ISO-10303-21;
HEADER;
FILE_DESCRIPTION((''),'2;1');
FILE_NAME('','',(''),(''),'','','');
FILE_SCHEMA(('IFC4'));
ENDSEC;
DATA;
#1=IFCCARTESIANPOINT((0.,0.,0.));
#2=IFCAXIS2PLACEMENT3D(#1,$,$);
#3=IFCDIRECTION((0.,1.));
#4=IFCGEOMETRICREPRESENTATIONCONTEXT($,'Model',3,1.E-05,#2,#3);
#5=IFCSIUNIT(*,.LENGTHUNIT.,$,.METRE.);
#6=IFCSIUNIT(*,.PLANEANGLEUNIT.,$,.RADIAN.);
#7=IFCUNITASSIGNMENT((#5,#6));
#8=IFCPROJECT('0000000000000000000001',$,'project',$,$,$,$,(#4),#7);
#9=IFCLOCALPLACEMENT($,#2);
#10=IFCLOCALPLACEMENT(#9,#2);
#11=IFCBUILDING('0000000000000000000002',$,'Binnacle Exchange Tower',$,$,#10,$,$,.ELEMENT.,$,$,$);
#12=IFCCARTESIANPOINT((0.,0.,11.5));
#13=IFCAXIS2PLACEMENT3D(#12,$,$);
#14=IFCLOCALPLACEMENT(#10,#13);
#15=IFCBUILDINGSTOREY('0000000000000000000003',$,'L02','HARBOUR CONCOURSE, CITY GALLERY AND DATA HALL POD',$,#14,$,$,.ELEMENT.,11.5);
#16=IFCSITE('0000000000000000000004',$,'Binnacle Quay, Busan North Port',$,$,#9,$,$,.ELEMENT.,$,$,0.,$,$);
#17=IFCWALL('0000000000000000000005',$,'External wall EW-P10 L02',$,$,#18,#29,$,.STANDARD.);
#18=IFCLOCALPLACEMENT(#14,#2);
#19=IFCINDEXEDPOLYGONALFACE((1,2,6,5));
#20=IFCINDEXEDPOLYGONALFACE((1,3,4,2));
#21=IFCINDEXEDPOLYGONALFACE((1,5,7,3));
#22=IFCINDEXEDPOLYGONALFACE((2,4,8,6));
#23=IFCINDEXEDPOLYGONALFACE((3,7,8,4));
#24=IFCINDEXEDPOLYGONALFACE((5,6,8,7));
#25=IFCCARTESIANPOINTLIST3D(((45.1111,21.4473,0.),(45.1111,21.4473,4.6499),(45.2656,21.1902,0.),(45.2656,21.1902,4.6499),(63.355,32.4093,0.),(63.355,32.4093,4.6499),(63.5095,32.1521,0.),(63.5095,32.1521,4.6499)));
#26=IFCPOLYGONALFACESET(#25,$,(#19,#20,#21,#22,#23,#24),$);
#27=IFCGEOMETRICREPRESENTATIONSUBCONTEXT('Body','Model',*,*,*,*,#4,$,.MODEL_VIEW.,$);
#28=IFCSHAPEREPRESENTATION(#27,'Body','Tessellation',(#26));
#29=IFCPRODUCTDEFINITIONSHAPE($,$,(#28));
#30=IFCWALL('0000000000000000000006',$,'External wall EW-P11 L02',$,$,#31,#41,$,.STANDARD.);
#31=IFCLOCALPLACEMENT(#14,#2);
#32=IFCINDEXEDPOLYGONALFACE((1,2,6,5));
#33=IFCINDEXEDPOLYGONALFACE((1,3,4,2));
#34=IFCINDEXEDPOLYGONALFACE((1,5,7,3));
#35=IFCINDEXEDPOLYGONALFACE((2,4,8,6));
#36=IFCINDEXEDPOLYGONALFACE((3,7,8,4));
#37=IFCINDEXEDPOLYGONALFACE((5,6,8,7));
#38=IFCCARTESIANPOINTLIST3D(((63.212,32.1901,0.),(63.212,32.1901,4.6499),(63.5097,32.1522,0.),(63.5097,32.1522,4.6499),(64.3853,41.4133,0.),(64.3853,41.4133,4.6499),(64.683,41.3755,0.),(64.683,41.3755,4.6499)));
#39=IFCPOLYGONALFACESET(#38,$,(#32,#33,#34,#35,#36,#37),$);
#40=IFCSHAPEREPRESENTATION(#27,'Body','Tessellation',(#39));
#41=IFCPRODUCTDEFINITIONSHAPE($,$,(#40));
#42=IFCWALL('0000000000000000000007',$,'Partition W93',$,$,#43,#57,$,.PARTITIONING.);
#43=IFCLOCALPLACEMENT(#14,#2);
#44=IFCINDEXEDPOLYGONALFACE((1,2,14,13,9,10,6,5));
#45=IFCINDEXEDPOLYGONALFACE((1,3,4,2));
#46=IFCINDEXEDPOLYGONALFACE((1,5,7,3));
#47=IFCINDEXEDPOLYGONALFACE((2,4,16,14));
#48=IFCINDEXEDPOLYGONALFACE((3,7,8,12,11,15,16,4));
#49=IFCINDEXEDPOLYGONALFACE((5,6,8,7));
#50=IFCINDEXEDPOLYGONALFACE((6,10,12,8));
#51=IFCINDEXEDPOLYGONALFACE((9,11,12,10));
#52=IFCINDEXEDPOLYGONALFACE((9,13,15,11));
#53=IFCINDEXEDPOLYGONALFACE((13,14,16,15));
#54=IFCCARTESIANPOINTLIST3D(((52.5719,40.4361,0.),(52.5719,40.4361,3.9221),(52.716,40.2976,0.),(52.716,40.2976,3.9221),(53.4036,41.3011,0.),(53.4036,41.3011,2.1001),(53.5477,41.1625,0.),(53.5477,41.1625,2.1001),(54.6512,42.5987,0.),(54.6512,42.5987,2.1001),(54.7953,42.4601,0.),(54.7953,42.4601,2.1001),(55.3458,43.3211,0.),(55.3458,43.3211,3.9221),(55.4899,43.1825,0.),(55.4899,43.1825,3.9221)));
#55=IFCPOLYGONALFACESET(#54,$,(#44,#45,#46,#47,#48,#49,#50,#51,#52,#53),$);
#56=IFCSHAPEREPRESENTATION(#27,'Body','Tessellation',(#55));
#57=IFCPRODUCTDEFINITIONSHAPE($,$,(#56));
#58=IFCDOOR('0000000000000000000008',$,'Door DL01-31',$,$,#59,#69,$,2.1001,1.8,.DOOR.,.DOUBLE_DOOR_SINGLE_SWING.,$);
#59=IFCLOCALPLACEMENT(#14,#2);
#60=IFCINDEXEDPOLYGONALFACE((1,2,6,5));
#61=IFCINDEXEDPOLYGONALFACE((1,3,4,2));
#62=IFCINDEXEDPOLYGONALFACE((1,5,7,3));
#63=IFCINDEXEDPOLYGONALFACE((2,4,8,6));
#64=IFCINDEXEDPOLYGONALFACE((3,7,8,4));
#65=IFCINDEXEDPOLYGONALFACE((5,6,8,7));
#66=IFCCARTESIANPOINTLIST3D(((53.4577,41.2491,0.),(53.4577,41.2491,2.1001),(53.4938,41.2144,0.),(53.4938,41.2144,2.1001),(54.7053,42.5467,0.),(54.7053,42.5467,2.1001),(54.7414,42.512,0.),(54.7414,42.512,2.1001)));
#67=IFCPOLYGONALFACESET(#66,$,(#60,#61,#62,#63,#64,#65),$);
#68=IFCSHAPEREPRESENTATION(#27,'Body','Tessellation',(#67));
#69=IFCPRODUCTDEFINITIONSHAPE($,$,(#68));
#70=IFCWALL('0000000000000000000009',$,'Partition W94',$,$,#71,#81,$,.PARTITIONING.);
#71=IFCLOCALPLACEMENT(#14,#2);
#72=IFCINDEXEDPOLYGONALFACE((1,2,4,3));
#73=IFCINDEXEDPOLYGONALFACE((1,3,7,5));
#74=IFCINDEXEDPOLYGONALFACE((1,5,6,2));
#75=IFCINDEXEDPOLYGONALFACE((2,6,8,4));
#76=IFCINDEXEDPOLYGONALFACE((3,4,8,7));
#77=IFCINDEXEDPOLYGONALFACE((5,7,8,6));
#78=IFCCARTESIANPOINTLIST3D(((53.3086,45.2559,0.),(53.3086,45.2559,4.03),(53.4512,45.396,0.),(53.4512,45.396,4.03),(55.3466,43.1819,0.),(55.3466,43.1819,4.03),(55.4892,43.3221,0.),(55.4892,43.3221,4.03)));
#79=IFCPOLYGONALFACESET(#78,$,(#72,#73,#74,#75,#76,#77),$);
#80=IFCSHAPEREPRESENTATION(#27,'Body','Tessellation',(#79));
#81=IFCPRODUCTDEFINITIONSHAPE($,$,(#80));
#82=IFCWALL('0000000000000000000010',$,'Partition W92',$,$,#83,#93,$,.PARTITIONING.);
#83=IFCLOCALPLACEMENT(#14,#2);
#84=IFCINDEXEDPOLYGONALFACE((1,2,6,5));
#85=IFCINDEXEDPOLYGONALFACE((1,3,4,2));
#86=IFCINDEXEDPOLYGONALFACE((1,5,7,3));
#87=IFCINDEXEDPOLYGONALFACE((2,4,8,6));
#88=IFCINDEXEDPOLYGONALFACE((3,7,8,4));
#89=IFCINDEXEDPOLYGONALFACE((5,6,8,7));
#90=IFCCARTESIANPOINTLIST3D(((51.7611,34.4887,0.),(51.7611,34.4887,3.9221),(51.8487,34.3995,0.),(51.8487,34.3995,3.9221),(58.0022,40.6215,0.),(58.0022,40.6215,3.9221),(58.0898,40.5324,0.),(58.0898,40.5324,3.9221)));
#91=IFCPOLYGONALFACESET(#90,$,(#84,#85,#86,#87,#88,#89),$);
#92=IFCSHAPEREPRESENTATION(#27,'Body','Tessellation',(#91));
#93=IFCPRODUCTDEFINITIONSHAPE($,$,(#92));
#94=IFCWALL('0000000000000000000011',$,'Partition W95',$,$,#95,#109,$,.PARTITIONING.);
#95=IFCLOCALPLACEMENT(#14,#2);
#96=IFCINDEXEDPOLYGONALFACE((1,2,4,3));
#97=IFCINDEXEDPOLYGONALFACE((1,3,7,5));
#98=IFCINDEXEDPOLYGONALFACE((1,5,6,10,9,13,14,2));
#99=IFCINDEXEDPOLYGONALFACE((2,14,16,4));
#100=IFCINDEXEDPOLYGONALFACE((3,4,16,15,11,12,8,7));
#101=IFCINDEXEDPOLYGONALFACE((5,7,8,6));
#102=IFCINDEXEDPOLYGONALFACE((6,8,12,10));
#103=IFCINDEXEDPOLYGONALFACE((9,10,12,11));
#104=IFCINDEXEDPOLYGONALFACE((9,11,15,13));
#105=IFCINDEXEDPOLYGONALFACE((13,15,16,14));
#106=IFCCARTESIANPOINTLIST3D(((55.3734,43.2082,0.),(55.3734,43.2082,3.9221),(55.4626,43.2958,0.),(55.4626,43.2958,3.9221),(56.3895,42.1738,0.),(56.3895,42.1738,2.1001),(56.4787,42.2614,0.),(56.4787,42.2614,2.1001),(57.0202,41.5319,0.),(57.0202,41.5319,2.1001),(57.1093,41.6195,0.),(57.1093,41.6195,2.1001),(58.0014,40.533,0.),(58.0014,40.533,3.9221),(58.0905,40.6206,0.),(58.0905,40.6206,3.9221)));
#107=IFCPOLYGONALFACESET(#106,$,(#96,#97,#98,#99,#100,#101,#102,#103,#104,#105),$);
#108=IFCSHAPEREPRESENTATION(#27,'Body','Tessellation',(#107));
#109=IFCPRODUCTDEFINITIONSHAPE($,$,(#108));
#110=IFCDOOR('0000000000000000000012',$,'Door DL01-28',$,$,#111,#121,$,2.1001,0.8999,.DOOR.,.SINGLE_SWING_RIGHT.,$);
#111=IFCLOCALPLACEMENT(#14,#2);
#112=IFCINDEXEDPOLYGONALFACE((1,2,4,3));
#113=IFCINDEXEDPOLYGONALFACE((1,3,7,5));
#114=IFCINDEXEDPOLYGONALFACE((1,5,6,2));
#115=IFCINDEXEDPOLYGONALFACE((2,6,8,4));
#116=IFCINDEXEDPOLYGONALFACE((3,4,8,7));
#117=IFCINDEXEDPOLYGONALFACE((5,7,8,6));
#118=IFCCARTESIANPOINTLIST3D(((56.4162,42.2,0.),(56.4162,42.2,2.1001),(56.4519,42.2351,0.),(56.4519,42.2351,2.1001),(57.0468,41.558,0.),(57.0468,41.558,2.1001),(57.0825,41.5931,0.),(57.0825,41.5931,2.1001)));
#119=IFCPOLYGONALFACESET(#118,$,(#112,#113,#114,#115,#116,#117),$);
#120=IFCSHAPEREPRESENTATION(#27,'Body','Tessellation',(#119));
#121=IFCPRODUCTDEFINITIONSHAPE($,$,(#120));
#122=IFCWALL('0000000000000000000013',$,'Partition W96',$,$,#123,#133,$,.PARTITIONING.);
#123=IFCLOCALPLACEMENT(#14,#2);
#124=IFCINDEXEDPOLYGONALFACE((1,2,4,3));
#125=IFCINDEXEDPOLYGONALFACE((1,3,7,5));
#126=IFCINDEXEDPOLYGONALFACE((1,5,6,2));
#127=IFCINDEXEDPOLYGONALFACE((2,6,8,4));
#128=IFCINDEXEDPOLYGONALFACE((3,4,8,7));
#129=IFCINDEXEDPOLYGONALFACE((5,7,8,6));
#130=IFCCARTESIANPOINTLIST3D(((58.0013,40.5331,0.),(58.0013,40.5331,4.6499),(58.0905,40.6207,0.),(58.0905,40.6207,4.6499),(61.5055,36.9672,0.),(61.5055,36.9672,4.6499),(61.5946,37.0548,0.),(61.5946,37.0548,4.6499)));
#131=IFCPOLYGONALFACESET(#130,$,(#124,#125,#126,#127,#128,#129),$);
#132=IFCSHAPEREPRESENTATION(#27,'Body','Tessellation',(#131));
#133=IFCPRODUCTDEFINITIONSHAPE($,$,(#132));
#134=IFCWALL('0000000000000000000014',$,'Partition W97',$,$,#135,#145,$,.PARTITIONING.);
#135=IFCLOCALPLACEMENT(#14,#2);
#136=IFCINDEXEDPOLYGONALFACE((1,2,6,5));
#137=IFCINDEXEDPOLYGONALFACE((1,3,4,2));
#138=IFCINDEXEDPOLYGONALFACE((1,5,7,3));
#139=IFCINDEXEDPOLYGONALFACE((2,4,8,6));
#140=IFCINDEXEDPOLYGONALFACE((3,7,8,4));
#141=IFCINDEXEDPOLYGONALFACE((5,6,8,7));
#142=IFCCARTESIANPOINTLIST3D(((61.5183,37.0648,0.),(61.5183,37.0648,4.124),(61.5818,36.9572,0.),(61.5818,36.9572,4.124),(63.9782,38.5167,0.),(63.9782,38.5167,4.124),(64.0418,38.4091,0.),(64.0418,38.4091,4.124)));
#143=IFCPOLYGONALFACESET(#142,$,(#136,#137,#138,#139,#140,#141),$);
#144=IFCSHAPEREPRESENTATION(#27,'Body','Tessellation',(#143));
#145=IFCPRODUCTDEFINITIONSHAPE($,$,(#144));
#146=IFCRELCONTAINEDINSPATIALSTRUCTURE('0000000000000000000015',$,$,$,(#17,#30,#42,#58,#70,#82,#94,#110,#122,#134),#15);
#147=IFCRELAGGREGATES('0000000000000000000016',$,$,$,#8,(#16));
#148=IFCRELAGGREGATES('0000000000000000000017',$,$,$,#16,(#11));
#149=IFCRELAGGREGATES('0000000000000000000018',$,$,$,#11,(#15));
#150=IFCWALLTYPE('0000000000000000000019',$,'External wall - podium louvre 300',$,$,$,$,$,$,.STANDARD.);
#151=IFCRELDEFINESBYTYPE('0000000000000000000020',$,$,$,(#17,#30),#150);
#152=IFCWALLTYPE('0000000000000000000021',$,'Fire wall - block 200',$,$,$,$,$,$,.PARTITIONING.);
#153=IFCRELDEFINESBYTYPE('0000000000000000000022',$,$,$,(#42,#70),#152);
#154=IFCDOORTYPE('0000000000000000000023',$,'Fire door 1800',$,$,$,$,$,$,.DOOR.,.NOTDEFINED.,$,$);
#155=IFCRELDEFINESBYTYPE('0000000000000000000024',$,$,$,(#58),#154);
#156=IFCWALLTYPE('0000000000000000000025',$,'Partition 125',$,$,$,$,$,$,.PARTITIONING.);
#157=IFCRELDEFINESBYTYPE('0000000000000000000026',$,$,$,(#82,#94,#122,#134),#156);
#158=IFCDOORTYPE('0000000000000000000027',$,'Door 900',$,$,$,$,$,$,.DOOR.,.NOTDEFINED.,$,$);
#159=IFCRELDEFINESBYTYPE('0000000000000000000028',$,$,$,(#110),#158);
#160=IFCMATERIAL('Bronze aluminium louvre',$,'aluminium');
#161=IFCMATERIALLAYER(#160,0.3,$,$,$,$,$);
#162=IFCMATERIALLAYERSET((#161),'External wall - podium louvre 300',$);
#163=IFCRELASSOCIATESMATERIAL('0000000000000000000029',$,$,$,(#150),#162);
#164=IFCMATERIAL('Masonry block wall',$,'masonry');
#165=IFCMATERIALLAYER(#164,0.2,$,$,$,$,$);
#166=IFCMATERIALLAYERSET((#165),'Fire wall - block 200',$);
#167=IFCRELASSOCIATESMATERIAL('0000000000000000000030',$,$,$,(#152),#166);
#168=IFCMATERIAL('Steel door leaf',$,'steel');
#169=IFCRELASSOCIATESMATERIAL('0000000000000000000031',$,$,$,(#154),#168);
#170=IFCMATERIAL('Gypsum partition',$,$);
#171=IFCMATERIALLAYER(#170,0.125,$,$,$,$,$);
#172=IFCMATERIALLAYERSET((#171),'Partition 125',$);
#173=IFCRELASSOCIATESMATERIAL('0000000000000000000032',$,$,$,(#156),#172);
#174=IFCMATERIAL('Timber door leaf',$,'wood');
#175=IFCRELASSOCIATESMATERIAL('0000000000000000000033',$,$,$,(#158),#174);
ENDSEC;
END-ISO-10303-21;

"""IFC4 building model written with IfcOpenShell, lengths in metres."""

from ifc_helpers import new_model, si_unit, direction, frame, frame_2d, origin, place, context, subcontext, project, spatial, rectangle, extrude, material, layer, layer_set, type_object, element, fill, save


model = new_model("IFC4")

# Units and contexts
model_context = context("Model", 3, precision=1e-05, world=origin(), true_north=direction((0.0, 1.0)))
body_context = subcontext(model_context, "Body", "Model", "MODEL_VIEW")
ifc_project = project(units=[si_unit("LENGTHUNIT", "METRE"), si_unit("PLANEANGLEUNIT", "RADIAN")], contexts=[model_context])

# Site, building, storey
site_placement = place(None, origin())
site = spatial("IfcSite", under=ifc_project, at=site_placement, Name="Binnacle Quay, Busan North Port", CompositionType="ELEMENT", RefElevation=0.0)
building_placement = place(site_placement, origin())
building = spatial("IfcBuilding", under=site, at=building_placement, Name="Binnacle Exchange Tower", CompositionType="ELEMENT")
storey_placement = place(building_placement, frame((0.0, 0.0, 11.5)))
storey = spatial("IfcBuildingStorey", under=building, at=storey_placement, Name="L02", Description="HARBOUR CONCOURSE, CITY GALLERY AND DATA HALL POD", CompositionType="ELEMENT", Elevation=11.5)

# Walls
ifc_material_1 = material(Name="Bronze aluminium louvre", Category="aluminium")
ifc_layer_1 = layer(ifc_material_1, 0.3)
ifc_layer_set_1 = layer_set([ifc_layer_1], Name="External wall - podium louvre 300")
wall_type_1 = type_object("IfcWallType", Name="External wall - podium louvre 300", PredefinedType="STANDARD", material=ifc_layer_set_1)
wall_1_placement = place(storey_placement, frame((63.4324, 32.2808, 0.0), z_axis=(0.0, 0.0, 1.0), x_axis=(-0.85717, -0.515034, 0.0)))
element("IfcWall", 1, at=wall_1_placement, inside=storey, type_object=wall_type_1, Name="External wall EW-P10 L02", PredefinedType="STANDARD", context=body_context, shape_type="SweptSolid", body=[
    extrude(rectangle(XDim=21.2839, YDim=0.3, at=frame_2d((10.6421, 0.0))), origin(), (0.0, 0.0, 1.0), 4.6499),
])
wall_2_placement = place(storey_placement, frame((64.5342, 41.3945, 0.0), z_axis=(0.0, 0.0, 1.0), x_axis=(-0.126196, -0.992005, 0.0)))
element("IfcWall", 2, at=wall_2_placement, inside=storey, type_object=wall_type_1, Name="External wall EW-P11 L02", PredefinedType="STANDARD", context=body_context, shape_type="SweptSolid", body=[
    extrude(rectangle(XDim=9.2976, YDim=0.3, at=frame_2d((4.6489, 0.0))), origin(), (0.0, 0.0, 1.0), 4.6499),
])

# Wall, opening, door
ifc_material_2 = material(Name="Masonry block wall", Category="masonry")
ifc_layer_2 = layer(ifc_material_2, 0.2)
ifc_layer_set_2 = layer_set([ifc_layer_2], Name="Fire wall - block 200")
wall_type_2 = type_object("IfcWallType", Name="Fire wall - block 200", PredefinedType="PARTITIONING", material=ifc_layer_set_2)
wall_3_placement = place(storey_placement, frame((52.644, 40.3669, 0.0), z_axis=(0.0, 0.0, 1.0), x_axis=(0.693093, 0.720848, 0.0)))
wall_3 = element("IfcWall", 3, at=wall_3_placement, inside=storey, type_object=wall_type_2, Name="Partition W93", PredefinedType="PARTITIONING", context=body_context, shape_type="SweptSolid", body=[
    extrude(rectangle(XDim=4.0022, YDim=0.2, at=frame_2d((2.001, 0.0))), origin(), (0.0, 0.0, 1.0), 3.9221),
])
opening_1_placement = place(wall_3_placement, frame((1.2, 0.0, 0.0)))
opening_1 = element("IfcOpeningElement", 4, at=opening_1_placement, cuts=wall_3, PredefinedType="OPENING", context=body_context, shape_type="SweptSolid", body=[
    extrude(rectangle(XDim=1.8, YDim=2.1001, at=frame_2d((0.8999, 1.05))), frame((0.0, 0.1099, 0.0), z_axis=(0.0, -1.0, 0.0), x_axis=(1.0, 0.0, 0.0)), (0.0, 0.0, 1.0), 0.22),
])
ifc_material_3 = material(Name="Steel door leaf", Category="steel")
door_type_1 = type_object("IfcDoorType", Name="Fire door 1800", OperationType="NOTDEFINED", PredefinedType="DOOR", material=ifc_material_3)
door_1_placement = place(opening_1_placement, origin())
door_1 = element("IfcDoor", 5, at=door_1_placement, inside=storey, type_object=door_type_1, Name="Door DL01-31", OperationType="DOUBLE_DOOR_SINGLE_SWING", OverallHeight=2.1001, OverallWidth=1.8, PredefinedType="DOOR", context=body_context, shape_type="SweptSolid", body=[
    extrude(rectangle(XDim=1.8, YDim=2.1001, at=frame_2d((0.8999, 1.05))), frame((0.0, 0.0249, 0.0), z_axis=(0.0, -1.0, 0.0), x_axis=(1.0, 0.0, 0.0)), (0.0, 0.0, 1.0), 0.05),
])
fill(opening_1, door_1)

# Walls
wall_4_placement = place(storey_placement, frame((53.3799, 45.3259, 0.0), z_axis=(0.0, 0.0, 1.0), x_axis=(0.700909, -0.713251, 0.0)))
element("IfcWall", 6, at=wall_4_placement, inside=storey, type_object=wall_type_2, Name="Partition W94", PredefinedType="PARTITIONING", context=body_context, shape_type="SweptSolid", body=[
    extrude(rectangle(XDim=2.9077, YDim=0.2, at=frame_2d((1.4539, 0.0))), origin(), (0.0, 0.0, 1.0), 4.03),
])
ifc_material_4 = material(Name="Gypsum partition")
ifc_layer_3 = layer(ifc_material_4, 0.125)
ifc_layer_set_3 = layer_set([ifc_layer_3], Name="Partition 125")
wall_type_3 = type_object("IfcWallType", Name="Partition 125", PredefinedType="PARTITIONING", material=ifc_layer_set_3)
wall_5_placement = place(storey_placement, frame((51.8049, 34.4441, 0.0), z_axis=(0.0, 0.0, 1.0), x_axis=(0.71326, 0.700899, 0.0)))
element("IfcWall", 7, at=wall_5_placement, inside=storey, type_object=wall_type_3, Name="Partition W92", PredefinedType="PARTITIONING", context=body_context, shape_type="SweptSolid", body=[
    extrude(rectangle(XDim=8.75, YDim=0.125, at=frame_2d((4.375, 0.0))), origin(), (0.0, 0.0, 1.0), 3.9221),
])

# Wall, opening, door
wall_6_placement = place(storey_placement, frame((55.418, 43.252, 0.0), z_axis=(0.0, 0.0, 1.0), x_axis=(0.700796, -0.713362, 0.0)))
wall_6 = element("IfcWall", 8, at=wall_6_placement, inside=storey, type_object=wall_type_3, Name="Partition W95", PredefinedType="PARTITIONING", context=body_context, shape_type="SweptSolid", body=[
    extrude(rectangle(XDim=3.75, YDim=0.125, at=frame_2d((1.875, 0.0))), origin(), (0.0, 0.0, 1.0), 3.9221),
])
opening_2_placement = place(wall_6_placement, frame((1.45, 0.0, 0.0)))
opening_2 = element("IfcOpeningElement", 9, at=opening_2_placement, cuts=wall_6, PredefinedType="OPENING", context=body_context, shape_type="SweptSolid", body=[
    extrude(rectangle(XDim=0.8999, YDim=2.1001, at=frame_2d((0.45, 1.05))), frame((0.0, 0.0725, 0.0), z_axis=(0.0, -1.0, 0.0), x_axis=(1.0, 0.0, 0.0)), (0.0, 0.0, 1.0), 0.145),
])
ifc_material_5 = material(Name="Timber door leaf", Category="wood")
door_type_2 = type_object("IfcDoorType", Name="Door 900", OperationType="NOTDEFINED", PredefinedType="DOOR", material=ifc_material_5)
door_2_placement = place(opening_2_placement, origin())
door_2 = element("IfcDoor", 10, at=door_2_placement, inside=storey, type_object=door_type_2, Name="Door DL01-28", OperationType="SINGLE_SWING_RIGHT", OverallHeight=2.1001, OverallWidth=0.8999, PredefinedType="DOOR", context=body_context, shape_type="SweptSolid", body=[
    extrude(rectangle(XDim=0.8999, YDim=2.1001, at=frame_2d((0.45, 1.05))), frame((0.0, 0.0249, 0.0), z_axis=(0.0, -1.0, 0.0), x_axis=(1.0, 0.0, 0.0)), (0.0, 0.0, 1.0), 0.05),
])
fill(opening_2, door_2)

# Walls
wall_7_placement = place(storey_placement, frame((58.0459, 40.5769, 0.0), z_axis=(0.0, 0.0, 1.0), x_axis=(0.700902, -0.713257, 0.0)))
element("IfcWall", 11, at=wall_7_placement, inside=storey, type_object=wall_type_3, Name="Partition W96", PredefinedType="PARTITIONING", context=body_context, shape_type="SweptSolid", body=[
    extrude(rectangle(XDim=4.9995, YDim=0.125, at=frame_2d((2.4998, 0.0))), origin(), (0.0, 0.0, 1.0), 4.6499),
])
wall_8_placement = place(storey_placement, frame((61.55, 37.011, 0.0), z_axis=(0.0, 0.0, 1.0), x_axis=(0.861188, 0.508286, 0.0)))
element("IfcWall", 12, at=wall_8_placement, inside=storey, type_object=wall_type_3, Name="Partition W97", PredefinedType="PARTITIONING", context=body_context, shape_type="SweptSolid", body=[
    extrude(rectangle(XDim=2.8564, YDim=0.125, at=frame_2d((1.4282, 0.0))), origin(), (0.0, 0.0, 1.0), 4.124),
])

save(model, "model.ifc")
